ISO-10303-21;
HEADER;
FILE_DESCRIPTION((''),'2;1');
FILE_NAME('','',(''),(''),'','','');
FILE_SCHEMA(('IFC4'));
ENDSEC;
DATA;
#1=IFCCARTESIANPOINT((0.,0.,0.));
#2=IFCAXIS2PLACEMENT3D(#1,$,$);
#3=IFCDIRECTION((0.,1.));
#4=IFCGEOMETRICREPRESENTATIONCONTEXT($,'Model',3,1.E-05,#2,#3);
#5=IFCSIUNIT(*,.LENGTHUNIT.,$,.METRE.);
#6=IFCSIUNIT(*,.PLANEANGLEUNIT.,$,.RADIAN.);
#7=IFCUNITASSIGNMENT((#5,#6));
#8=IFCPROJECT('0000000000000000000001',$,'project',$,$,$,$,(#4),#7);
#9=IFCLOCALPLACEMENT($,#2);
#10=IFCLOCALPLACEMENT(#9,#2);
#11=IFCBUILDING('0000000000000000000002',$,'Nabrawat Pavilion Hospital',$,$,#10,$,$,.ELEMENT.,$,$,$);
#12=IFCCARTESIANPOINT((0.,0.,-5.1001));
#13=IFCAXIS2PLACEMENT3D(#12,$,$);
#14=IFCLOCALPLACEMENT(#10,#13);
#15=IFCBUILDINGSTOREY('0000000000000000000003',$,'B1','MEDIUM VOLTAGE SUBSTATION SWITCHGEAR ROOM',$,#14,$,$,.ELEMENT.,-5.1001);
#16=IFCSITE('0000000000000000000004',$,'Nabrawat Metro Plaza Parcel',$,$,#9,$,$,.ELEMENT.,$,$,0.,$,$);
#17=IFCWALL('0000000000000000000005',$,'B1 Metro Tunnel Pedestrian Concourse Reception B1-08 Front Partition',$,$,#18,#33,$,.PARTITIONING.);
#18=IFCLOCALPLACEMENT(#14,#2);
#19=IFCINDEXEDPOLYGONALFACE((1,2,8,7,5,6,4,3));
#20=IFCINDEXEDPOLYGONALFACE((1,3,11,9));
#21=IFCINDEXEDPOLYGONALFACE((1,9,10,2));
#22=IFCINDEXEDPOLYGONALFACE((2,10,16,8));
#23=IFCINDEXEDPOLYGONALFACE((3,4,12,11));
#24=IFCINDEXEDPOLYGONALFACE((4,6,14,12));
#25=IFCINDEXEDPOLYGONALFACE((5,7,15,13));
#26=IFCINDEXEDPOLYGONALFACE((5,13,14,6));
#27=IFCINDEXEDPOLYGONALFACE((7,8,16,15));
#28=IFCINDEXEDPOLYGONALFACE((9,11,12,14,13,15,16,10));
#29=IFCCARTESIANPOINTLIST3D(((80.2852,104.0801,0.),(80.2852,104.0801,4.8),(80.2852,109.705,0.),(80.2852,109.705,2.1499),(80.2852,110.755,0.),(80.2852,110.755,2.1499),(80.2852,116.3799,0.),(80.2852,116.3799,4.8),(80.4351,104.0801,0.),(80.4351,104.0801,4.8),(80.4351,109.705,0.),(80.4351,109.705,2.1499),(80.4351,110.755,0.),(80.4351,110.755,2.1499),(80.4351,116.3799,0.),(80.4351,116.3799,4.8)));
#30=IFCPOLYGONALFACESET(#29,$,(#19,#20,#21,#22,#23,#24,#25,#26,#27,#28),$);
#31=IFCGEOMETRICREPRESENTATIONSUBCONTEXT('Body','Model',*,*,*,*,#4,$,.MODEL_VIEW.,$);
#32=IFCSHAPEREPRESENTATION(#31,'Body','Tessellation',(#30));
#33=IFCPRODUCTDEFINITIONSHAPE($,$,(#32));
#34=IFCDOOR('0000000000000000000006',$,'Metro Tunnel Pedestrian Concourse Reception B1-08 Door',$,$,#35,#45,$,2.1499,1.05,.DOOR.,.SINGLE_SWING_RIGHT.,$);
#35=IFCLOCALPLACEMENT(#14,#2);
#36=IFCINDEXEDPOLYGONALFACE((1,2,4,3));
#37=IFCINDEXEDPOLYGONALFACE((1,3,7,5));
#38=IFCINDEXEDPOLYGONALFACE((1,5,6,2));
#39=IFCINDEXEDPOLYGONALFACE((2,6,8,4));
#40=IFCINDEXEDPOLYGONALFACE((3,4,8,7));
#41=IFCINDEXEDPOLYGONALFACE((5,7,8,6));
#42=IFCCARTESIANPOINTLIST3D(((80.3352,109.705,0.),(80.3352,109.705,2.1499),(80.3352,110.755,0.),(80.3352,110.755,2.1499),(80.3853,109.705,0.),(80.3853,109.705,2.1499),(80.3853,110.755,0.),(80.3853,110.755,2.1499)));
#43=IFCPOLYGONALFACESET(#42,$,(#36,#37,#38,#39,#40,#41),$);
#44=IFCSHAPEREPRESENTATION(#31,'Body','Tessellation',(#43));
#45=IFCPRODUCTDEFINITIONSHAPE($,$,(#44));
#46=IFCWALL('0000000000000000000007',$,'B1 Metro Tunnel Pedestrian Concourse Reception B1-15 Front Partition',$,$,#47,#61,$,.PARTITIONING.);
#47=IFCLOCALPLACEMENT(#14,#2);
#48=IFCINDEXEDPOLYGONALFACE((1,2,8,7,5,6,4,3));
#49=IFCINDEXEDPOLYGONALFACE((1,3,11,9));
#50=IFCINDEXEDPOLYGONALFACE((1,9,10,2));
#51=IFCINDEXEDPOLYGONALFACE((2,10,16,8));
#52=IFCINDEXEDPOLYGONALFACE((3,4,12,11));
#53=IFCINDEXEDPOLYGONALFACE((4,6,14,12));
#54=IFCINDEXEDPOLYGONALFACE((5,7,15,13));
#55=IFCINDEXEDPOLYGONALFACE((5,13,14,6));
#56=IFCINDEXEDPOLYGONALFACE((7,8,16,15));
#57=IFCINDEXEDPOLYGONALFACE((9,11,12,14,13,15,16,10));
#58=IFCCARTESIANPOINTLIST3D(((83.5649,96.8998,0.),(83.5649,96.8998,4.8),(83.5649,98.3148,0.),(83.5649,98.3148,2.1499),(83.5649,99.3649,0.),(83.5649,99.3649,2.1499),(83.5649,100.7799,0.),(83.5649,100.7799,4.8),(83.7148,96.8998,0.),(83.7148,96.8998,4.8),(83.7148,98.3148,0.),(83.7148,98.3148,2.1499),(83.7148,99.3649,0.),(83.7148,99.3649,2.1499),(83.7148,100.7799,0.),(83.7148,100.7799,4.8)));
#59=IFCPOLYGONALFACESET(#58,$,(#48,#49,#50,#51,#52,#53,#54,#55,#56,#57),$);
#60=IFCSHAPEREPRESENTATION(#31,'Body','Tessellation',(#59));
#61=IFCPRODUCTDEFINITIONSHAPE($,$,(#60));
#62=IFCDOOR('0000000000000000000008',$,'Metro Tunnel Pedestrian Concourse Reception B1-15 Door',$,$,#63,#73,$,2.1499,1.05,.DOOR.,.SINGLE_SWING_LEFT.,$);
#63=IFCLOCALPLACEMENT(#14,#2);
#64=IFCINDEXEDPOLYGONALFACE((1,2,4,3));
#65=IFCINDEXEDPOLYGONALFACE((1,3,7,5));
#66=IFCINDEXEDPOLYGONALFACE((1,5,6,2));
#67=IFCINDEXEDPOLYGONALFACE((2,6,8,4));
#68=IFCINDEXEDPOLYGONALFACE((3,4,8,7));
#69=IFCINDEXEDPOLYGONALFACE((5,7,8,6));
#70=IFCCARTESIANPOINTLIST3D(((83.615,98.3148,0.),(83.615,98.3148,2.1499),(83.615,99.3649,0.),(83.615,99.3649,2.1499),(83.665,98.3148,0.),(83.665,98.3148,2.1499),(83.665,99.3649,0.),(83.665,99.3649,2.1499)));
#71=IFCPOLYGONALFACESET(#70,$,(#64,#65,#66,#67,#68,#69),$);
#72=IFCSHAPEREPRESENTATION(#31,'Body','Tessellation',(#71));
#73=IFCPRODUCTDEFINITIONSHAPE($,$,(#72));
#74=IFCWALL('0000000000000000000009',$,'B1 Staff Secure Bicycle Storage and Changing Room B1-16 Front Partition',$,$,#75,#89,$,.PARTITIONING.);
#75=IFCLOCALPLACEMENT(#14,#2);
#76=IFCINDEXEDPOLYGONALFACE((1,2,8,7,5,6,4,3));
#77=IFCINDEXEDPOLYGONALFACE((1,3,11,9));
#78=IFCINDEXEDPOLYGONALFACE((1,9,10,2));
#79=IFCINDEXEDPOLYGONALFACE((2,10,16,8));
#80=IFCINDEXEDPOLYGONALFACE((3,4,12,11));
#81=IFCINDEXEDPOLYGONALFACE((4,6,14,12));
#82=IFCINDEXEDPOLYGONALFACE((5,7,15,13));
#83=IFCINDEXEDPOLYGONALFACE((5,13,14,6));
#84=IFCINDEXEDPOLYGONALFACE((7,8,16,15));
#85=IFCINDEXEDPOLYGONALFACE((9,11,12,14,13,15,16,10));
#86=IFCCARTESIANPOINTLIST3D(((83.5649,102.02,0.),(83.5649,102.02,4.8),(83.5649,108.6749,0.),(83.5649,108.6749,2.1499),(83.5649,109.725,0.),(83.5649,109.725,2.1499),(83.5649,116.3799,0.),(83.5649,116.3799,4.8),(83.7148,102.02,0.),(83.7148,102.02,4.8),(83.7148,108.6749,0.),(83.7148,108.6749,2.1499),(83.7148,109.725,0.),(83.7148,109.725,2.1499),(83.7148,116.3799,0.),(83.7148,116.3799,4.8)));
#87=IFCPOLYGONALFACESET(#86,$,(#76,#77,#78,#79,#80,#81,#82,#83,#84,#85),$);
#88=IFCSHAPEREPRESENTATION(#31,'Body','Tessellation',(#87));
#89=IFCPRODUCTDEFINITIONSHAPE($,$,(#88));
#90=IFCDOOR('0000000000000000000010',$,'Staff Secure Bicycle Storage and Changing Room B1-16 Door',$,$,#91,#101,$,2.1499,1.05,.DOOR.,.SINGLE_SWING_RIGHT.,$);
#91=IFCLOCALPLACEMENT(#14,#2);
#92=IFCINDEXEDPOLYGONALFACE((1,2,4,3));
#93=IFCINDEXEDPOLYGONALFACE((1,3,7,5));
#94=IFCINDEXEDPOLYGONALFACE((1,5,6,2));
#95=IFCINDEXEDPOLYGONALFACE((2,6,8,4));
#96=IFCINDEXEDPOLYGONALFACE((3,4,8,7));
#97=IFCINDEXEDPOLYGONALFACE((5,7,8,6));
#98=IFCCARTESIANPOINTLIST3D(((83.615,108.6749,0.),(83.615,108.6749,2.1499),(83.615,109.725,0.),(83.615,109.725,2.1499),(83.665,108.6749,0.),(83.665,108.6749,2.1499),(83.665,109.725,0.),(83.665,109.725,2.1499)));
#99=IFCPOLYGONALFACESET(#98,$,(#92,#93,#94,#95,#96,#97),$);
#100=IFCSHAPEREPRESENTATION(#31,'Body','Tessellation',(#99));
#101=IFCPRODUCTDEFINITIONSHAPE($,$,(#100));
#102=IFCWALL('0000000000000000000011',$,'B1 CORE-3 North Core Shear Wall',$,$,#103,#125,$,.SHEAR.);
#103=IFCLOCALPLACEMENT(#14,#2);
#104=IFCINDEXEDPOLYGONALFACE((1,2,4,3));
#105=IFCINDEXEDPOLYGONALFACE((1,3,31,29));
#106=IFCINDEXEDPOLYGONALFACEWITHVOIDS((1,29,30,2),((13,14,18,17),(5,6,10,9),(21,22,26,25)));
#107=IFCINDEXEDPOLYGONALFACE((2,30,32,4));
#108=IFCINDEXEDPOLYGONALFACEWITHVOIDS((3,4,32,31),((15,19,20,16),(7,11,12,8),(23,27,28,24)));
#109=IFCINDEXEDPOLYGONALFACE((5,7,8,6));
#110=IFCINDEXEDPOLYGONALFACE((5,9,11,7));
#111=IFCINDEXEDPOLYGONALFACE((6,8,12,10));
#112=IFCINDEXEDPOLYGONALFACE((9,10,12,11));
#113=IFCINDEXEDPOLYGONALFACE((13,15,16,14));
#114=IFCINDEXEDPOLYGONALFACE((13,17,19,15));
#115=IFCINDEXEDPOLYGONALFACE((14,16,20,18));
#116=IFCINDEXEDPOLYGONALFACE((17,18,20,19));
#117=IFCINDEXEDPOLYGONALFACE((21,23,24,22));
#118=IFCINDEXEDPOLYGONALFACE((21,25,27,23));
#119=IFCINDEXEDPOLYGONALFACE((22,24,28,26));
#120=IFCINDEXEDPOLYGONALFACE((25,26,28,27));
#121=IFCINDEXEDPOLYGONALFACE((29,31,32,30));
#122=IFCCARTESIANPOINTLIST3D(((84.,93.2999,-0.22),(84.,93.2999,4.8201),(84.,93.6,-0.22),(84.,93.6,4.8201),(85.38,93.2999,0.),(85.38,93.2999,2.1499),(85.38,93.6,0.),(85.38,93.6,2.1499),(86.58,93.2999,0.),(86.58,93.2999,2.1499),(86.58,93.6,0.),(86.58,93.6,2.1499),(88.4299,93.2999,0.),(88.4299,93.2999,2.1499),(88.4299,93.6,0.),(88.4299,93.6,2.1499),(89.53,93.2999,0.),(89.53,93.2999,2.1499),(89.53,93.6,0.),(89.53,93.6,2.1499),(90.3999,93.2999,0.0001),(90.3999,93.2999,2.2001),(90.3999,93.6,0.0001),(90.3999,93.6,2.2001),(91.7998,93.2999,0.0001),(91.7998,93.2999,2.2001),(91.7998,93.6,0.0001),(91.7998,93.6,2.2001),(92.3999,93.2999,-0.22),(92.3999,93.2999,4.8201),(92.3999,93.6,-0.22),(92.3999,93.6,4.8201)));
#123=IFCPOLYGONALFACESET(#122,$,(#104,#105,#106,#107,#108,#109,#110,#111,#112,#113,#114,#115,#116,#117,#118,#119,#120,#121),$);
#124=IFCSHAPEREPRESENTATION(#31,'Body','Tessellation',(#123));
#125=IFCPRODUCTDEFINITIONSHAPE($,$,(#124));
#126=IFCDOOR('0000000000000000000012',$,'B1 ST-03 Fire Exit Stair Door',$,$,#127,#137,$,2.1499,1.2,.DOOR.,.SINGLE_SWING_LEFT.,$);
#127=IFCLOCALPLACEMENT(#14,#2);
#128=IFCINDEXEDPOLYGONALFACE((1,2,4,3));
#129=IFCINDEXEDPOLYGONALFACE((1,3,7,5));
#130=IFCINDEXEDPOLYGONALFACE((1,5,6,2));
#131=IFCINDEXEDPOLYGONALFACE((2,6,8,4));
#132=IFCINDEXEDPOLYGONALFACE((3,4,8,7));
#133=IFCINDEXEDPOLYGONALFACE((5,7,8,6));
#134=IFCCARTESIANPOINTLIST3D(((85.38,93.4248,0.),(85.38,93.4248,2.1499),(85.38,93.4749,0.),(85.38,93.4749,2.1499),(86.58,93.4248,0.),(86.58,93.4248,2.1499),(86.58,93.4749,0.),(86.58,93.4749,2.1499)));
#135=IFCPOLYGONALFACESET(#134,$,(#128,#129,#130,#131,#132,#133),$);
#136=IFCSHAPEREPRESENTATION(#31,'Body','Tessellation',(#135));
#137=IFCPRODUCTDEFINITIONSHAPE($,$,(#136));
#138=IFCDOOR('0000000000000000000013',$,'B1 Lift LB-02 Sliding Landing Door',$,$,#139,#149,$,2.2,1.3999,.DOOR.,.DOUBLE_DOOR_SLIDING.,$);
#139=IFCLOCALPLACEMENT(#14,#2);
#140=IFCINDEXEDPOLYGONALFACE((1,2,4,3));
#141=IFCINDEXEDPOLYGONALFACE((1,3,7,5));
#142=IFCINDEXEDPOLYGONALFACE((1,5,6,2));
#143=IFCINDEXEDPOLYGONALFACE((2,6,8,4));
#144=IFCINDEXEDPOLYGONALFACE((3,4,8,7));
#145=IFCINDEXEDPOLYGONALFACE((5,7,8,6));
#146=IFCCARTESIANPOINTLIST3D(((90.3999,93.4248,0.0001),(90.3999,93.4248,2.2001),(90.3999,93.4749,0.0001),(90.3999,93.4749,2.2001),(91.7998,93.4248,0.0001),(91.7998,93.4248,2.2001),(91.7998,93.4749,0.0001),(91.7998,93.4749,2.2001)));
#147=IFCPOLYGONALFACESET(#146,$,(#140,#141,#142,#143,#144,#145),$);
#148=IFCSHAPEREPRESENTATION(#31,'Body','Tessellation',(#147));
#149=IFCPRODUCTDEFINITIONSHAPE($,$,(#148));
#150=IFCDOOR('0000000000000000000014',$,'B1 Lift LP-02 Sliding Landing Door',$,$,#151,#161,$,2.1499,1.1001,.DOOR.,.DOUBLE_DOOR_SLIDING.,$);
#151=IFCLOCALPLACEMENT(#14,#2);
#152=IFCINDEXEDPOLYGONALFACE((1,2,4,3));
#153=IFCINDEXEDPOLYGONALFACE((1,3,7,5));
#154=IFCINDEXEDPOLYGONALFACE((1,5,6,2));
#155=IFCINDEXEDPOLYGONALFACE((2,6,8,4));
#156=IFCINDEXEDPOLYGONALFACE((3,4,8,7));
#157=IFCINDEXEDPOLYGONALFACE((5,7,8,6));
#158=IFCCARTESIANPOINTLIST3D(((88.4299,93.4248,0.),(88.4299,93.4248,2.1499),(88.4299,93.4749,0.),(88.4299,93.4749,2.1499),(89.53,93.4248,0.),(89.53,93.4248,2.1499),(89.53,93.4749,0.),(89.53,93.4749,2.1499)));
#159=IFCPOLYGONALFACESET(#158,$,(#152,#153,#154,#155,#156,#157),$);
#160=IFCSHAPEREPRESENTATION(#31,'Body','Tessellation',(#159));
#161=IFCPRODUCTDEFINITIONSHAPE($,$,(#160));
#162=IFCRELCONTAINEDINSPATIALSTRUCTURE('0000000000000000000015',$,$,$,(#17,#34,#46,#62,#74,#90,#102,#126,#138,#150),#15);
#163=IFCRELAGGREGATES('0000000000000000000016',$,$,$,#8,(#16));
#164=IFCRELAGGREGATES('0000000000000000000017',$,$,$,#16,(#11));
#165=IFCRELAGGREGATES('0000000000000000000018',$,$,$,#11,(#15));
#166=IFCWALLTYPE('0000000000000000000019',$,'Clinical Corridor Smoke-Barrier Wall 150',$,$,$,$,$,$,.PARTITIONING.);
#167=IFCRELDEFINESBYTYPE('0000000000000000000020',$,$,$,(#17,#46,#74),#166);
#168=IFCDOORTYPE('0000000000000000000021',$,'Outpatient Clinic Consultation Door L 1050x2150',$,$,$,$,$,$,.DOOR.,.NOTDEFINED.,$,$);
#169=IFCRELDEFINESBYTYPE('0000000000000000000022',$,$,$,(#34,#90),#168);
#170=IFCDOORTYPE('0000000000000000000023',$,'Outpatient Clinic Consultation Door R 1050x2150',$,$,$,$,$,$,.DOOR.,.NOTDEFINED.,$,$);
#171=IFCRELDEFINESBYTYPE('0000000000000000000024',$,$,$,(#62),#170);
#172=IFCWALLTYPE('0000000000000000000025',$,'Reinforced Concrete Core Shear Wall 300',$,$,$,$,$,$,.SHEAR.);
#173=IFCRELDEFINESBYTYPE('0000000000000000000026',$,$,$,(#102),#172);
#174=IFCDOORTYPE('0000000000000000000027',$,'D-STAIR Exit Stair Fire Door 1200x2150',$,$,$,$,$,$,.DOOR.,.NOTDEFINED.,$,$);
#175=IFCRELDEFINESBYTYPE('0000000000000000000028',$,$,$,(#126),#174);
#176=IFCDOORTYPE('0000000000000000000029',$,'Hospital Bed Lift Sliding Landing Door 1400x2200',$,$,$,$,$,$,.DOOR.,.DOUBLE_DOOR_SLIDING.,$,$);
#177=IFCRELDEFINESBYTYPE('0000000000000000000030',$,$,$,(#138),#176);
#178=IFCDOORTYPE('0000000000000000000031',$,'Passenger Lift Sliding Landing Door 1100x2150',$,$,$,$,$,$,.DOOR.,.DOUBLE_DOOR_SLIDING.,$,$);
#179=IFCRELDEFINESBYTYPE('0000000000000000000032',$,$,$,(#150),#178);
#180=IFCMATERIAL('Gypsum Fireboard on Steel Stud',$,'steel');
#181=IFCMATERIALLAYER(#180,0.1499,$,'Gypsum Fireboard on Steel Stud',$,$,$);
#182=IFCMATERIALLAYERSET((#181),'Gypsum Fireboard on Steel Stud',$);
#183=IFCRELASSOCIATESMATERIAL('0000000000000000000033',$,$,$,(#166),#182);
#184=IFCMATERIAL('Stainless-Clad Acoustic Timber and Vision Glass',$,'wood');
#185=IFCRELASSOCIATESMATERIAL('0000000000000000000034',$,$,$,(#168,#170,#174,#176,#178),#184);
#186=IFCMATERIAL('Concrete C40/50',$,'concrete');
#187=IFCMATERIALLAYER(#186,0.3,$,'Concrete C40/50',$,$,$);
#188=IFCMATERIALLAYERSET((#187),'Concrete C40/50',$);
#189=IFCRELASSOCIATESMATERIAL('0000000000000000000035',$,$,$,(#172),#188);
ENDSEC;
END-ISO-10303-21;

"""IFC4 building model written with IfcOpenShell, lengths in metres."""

from ifc_helpers import new_model, si_unit, direction, frame, frame_2d, origin, place, context, subcontext, project, spatial, rectangle, extrude, material, layer, layer_set, type_object, element, fill, save


model = new_model("IFC4")

# Units and contexts
model_context = context("Model", 3, precision=1e-05, world=origin(), true_north=direction((0.0, 1.0)))
body_context = subcontext(model_context, "Body", "Model", "MODEL_VIEW")
ifc_project = project(units=[si_unit("LENGTHUNIT", "METRE"), si_unit("PLANEANGLEUNIT", "RADIAN")], contexts=[model_context])

# Site, building, storey
site_placement = place(None, origin())
site = spatial("IfcSite", under=ifc_project, at=site_placement, Name="Nabrawat Metro Plaza Parcel", CompositionType="ELEMENT", RefElevation=0.0)
building_placement = place(site_placement, origin())
building = spatial("IfcBuilding", under=site, at=building_placement, Name="Nabrawat Pavilion Hospital", CompositionType="ELEMENT")
storey_placement = place(building_placement, frame((0.0, 0.0, -5.1001)))
storey = spatial("IfcBuildingStorey", under=building, at=storey_placement, Name="B1", Description="MEDIUM VOLTAGE SUBSTATION SWITCHGEAR ROOM", CompositionType="ELEMENT", Elevation=-5.1001)

# Shared definitions
ifc_material_1 = material(Name="Concrete C40/50", Category="concrete")

# Walls, openings, doors
ifc_material_2 = material(Name="Gypsum Fireboard on Steel Stud", Category="steel")
ifc_layer_1 = layer(ifc_material_2, 0.1499, Name="Gypsum Fireboard on Steel Stud")
ifc_layer_set_1 = layer_set([ifc_layer_1], Name="Gypsum Fireboard on Steel Stud")
wall_type_1 = type_object("IfcWallType", Name="Clinical Corridor Smoke-Barrier Wall 150", PredefinedType="PARTITIONING", material=ifc_layer_set_1)
wall_1_placement = place(storey_placement, frame((80.3601, 104.0801, 0.0), z_axis=(0.0, 0.0, 1.0), x_axis=(0.0, 1.0, 0.0)))
wall_1 = element("IfcWall", 1, at=wall_1_placement, inside=storey, type_object=wall_type_1, Name="B1 Metro Tunnel Pedestrian Concourse Reception B1-08 Front Partition", PredefinedType="PARTITIONING", context=body_context, shape_type="SweptSolid", body=[
    extrude(rectangle(XDim=12.2998, YDim=0.1499, at=frame_2d((6.1499, 0.0))), origin(), (0.0, 0.0, 1.0), 4.8),
])
opening_1_placement = place(wall_1_placement, frame((5.625, 0.0, 0.0)))
opening_1 = element("IfcOpeningElement", 2, at=opening_1_placement, cuts=wall_1, PredefinedType="OPENING", context=body_context, shape_type="SweptSolid", body=[
    extrude(rectangle(XDim=1.05, YDim=2.1499, at=frame_2d((0.5249, 1.075))), frame((0.0, 0.085, 0.0), z_axis=(0.0, -1.0, 0.0), x_axis=(1.0, 0.0, 0.0)), (0.0, 0.0, 1.0), 0.1699),
])
ifc_material_3 = material(Name="Stainless-Clad Acoustic Timber and Vision Glass", Category="wood")
door_type_1 = type_object("IfcDoorType", Name="Outpatient Clinic Consultation Door L 1050x2150", OperationType="NOTDEFINED", PredefinedType="DOOR", material=ifc_material_3)
door_1_placement = place(opening_1_placement, origin())
door_1 = element("IfcDoor", 3, at=door_1_placement, inside=storey, type_object=door_type_1, Name="Metro Tunnel Pedestrian Concourse Reception B1-08 Door", OperationType="SINGLE_SWING_RIGHT", OverallHeight=2.1499, OverallWidth=1.05, PredefinedType="DOOR", context=body_context, shape_type="SweptSolid", body=[
    extrude(rectangle(XDim=1.05, YDim=2.1499, at=frame_2d((0.5249, 1.075))), frame((0.0, 0.0249, 0.0), z_axis=(0.0, -1.0, 0.0), x_axis=(1.0, 0.0, 0.0)), (0.0, 0.0, 1.0), 0.05),
])
fill(opening_1, door_1)
wall_2_placement = place(storey_placement, frame((83.6399, 96.8999, 0.0), z_axis=(0.0, 0.0, 1.0), x_axis=(0.0, 1.0, 0.0)))
wall_2 = element("IfcWall", 4, at=wall_2_placement, inside=storey, type_object=wall_type_1, Name="B1 Metro Tunnel Pedestrian Concourse Reception B1-15 Front Partition", PredefinedType="PARTITIONING", context=body_context, shape_type="SweptSolid", body=[
    extrude(rectangle(XDim=3.8801, YDim=0.1499, at=frame_2d((1.9399, 0.0))), origin(), (0.0, 0.0, 1.0), 4.8),
])
opening_2_placement = place(wall_2_placement, frame((1.415, 0.0, 0.0)))
opening_2 = element("IfcOpeningElement", 5, at=opening_2_placement, cuts=wall_2, PredefinedType="OPENING", context=body_context, shape_type="SweptSolid", body=[
    extrude(rectangle(XDim=1.05, YDim=2.1499, at=frame_2d((0.5249, 1.075))), frame((0.0, 0.085, 0.0), z_axis=(0.0, -1.0, 0.0), x_axis=(1.0, 0.0, 0.0)), (0.0, 0.0, 1.0), 0.1699),
])
door_type_2 = type_object("IfcDoorType", Name="Outpatient Clinic Consultation Door R 1050x2150", OperationType="NOTDEFINED", PredefinedType="DOOR", material=ifc_material_3)
door_2_placement = place(opening_2_placement, origin())
door_2 = element("IfcDoor", 6, at=door_2_placement, inside=storey, type_object=door_type_2, Name="Metro Tunnel Pedestrian Concourse Reception B1-15 Door", OperationType="SINGLE_SWING_LEFT", OverallHeight=2.1499, OverallWidth=1.05, PredefinedType="DOOR", context=body_context, shape_type="SweptSolid", body=[
    extrude(rectangle(XDim=1.05, YDim=2.1499, at=frame_2d((0.5249, 1.075))), frame((0.0, 0.0249, 0.0), z_axis=(0.0, -1.0, 0.0), x_axis=(1.0, 0.0, 0.0)), (0.0, 0.0, 1.0), 0.05),
])
fill(opening_2, door_2)
wall_3_placement = place(storey_placement, frame((83.6399, 102.02, 0.0), z_axis=(0.0, 0.0, 1.0), x_axis=(0.0, 1.0, 0.0)))
wall_3 = element("IfcWall", 7, at=wall_3_placement, inside=storey, type_object=wall_type_1, Name="B1 Staff Secure Bicycle Storage and Changing Room B1-16 Front Partition", PredefinedType="PARTITIONING", context=body_context, shape_type="SweptSolid", body=[
    extrude(rectangle(XDim=14.3599, YDim=0.1499, at=frame_2d((7.1799, 0.0))), origin(), (0.0, 0.0, 1.0), 4.8),
])
opening_3_placement = place(wall_3_placement, frame((6.655, 0.0, 0.0)))
opening_3 = element("IfcOpeningElement", 8, at=opening_3_placement, cuts=wall_3, PredefinedType="OPENING", context=body_context, shape_type="SweptSolid", body=[
    extrude(rectangle(XDim=1.05, YDim=2.1499, at=frame_2d((0.5249, 1.075))), frame((0.0, 0.085, 0.0), z_axis=(0.0, -1.0, 0.0), x_axis=(1.0, 0.0, 0.0)), (0.0, 0.0, 1.0), 0.1699),
])
door_3_placement = place(opening_3_placement, origin())
door_3 = element("IfcDoor", 9, at=door_3_placement, inside=storey, type_object=door_type_1, Name="Staff Secure Bicycle Storage and Changing Room B1-16 Door", OperationType="SINGLE_SWING_RIGHT", OverallHeight=2.1499, OverallWidth=1.05, PredefinedType="DOOR", context=body_context, shape_type="SweptSolid", body=[
    extrude(rectangle(XDim=1.05, YDim=2.1499, at=frame_2d((0.5249, 1.075))), frame((0.0, 0.0249, 0.0), z_axis=(0.0, -1.0, 0.0), x_axis=(1.0, 0.0, 0.0)), (0.0, 0.0, 1.0), 0.05),
])
fill(opening_3, door_3)

# Wall, openings, doors
ifc_layer_2 = layer(ifc_material_1, 0.3, Name="Concrete C40/50")
ifc_layer_set_2 = layer_set([ifc_layer_2], Name="Concrete C40/50")
wall_type_2 = type_object("IfcWallType", Name="Reinforced Concrete Core Shear Wall 300", PredefinedType="SHEAR", material=ifc_layer_set_2)
wall_4_placement = place(storey_placement, frame((84.0, 93.45, -0.22), z_axis=(0.0, 0.0, 1.0), x_axis=(1.0, 0.0, 0.0)))
wall_4 = element("IfcWall", 10, at=wall_4_placement, inside=storey, type_object=wall_type_2, Name="B1 CORE-3 North Core Shear Wall", PredefinedType="SHEAR", context=body_context, shape_type="SweptSolid", body=[
    extrude(rectangle(XDim=8.3999, YDim=0.3, at=frame_2d((4.2, 0.0))), origin(), (0.0, 0.0, 1.0), 5.04),
])
opening_4_placement = place(wall_4_placement, frame((1.3799, 0.0, 0.22)))
opening_4 = element("IfcOpeningElement", 11, at=opening_4_placement, cuts=wall_4, PredefinedType="OPENING", context=body_context, shape_type="SweptSolid", body=[
    extrude(rectangle(XDim=1.2, YDim=2.1499, at=frame_2d((0.6001, 1.075))), frame((0.0, 0.1602, 0.0), z_axis=(0.0, -1.0, 0.0), x_axis=(1.0, 0.0, 0.0)), (0.0, 0.0, 1.0), 0.3201),
])
opening_5_placement = place(wall_4_placement, frame((4.4299, 0.0, 0.22)))
opening_5 = element("IfcOpeningElement", 12, at=opening_5_placement, cuts=wall_4, PredefinedType="OPENING", context=body_context, shape_type="SweptSolid", body=[
    extrude(rectangle(XDim=1.1001, YDim=2.1499, at=frame_2d((0.55, 1.075))), frame((0.0, 0.1602, 0.0), z_axis=(0.0, -1.0, 0.0), x_axis=(1.0, 0.0, 0.0)), (0.0, 0.0, 1.0), 0.3201),
])
opening_6_placement = place(wall_4_placement, frame((6.3999, 0.0, 0.22)))
opening_6 = element("IfcOpeningElement", 13, at=opening_6_placement, cuts=wall_4, PredefinedType="OPENING", context=body_context, shape_type="SweptSolid", body=[
    extrude(rectangle(XDim=1.3999, YDim=2.2, at=frame_2d((0.7, 1.1001))), frame((0.0, 0.1602, 0.0), z_axis=(0.0, -1.0, 0.0), x_axis=(1.0, 0.0, 0.0)), (0.0, 0.0, 1.0), 0.3201),
])
door_type_3 = type_object("IfcDoorType", Name="D-STAIR Exit Stair Fire Door 1200x2150", OperationType="NOTDEFINED", PredefinedType="DOOR", material=ifc_material_3)
door_4_placement = place(opening_4_placement, origin())
door_4 = element("IfcDoor", 14, at=door_4_placement, inside=storey, type_object=door_type_3, Name="B1 ST-03 Fire Exit Stair Door", OperationType="SINGLE_SWING_LEFT", OverallHeight=2.1499, OverallWidth=1.2, PredefinedType="DOOR", context=body_context, shape_type="SweptSolid", body=[
    extrude(rectangle(XDim=1.2, YDim=2.1499, at=frame_2d((0.6001, 1.075))), frame((0.0, 0.0249, 0.0), z_axis=(0.0, -1.0, 0.0), x_axis=(1.0, 0.0, 0.0)), (0.0, 0.0, 1.0), 0.05),
])
fill(opening_4, door_4)
door_type_4 = type_object("IfcDoorType", Name="Hospital Bed Lift Sliding Landing Door 1400x2200", OperationType="DOUBLE_DOOR_SLIDING", PredefinedType="DOOR", material=ifc_material_3)
door_5_placement = place(opening_6_placement, origin())
door_5 = element("IfcDoor", 15, at=door_5_placement, inside=storey, type_object=door_type_4, Name="B1 Lift LB-02 Sliding Landing Door", OperationType="DOUBLE_DOOR_SLIDING", OverallHeight=2.2, OverallWidth=1.3999, PredefinedType="DOOR", context=body_context, shape_type="SweptSolid", body=[
    extrude(rectangle(XDim=1.3999, YDim=2.2, at=frame_2d((0.7, 1.1001))), frame((0.0, 0.0249, 0.0), z_axis=(0.0, -1.0, 0.0), x_axis=(1.0, 0.0, 0.0)), (0.0, 0.0, 1.0), 0.05),
])
fill(opening_6, door_5)
door_type_5 = type_object("IfcDoorType", Name="Passenger Lift Sliding Landing Door 1100x2150", OperationType="DOUBLE_DOOR_SLIDING", PredefinedType="DOOR", material=ifc_material_3)
door_6_placement = place(opening_5_placement, origin())
door_6 = element("IfcDoor", 16, at=door_6_placement, inside=storey, type_object=door_type_5, Name="B1 Lift LP-02 Sliding Landing Door", OperationType="DOUBLE_DOOR_SLIDING", OverallHeight=2.1499, OverallWidth=1.1001, PredefinedType="DOOR", context=body_context, shape_type="SweptSolid", body=[
    extrude(rectangle(XDim=1.1001, YDim=2.1499, at=frame_2d((0.55, 1.075))), frame((0.0, 0.0249, 0.0), z_axis=(0.0, -1.0, 0.0), x_axis=(1.0, 0.0, 0.0)), (0.0, 0.0, 1.0), 0.05),
])
fill(opening_5, door_6)

save(model, "model.ifc")
